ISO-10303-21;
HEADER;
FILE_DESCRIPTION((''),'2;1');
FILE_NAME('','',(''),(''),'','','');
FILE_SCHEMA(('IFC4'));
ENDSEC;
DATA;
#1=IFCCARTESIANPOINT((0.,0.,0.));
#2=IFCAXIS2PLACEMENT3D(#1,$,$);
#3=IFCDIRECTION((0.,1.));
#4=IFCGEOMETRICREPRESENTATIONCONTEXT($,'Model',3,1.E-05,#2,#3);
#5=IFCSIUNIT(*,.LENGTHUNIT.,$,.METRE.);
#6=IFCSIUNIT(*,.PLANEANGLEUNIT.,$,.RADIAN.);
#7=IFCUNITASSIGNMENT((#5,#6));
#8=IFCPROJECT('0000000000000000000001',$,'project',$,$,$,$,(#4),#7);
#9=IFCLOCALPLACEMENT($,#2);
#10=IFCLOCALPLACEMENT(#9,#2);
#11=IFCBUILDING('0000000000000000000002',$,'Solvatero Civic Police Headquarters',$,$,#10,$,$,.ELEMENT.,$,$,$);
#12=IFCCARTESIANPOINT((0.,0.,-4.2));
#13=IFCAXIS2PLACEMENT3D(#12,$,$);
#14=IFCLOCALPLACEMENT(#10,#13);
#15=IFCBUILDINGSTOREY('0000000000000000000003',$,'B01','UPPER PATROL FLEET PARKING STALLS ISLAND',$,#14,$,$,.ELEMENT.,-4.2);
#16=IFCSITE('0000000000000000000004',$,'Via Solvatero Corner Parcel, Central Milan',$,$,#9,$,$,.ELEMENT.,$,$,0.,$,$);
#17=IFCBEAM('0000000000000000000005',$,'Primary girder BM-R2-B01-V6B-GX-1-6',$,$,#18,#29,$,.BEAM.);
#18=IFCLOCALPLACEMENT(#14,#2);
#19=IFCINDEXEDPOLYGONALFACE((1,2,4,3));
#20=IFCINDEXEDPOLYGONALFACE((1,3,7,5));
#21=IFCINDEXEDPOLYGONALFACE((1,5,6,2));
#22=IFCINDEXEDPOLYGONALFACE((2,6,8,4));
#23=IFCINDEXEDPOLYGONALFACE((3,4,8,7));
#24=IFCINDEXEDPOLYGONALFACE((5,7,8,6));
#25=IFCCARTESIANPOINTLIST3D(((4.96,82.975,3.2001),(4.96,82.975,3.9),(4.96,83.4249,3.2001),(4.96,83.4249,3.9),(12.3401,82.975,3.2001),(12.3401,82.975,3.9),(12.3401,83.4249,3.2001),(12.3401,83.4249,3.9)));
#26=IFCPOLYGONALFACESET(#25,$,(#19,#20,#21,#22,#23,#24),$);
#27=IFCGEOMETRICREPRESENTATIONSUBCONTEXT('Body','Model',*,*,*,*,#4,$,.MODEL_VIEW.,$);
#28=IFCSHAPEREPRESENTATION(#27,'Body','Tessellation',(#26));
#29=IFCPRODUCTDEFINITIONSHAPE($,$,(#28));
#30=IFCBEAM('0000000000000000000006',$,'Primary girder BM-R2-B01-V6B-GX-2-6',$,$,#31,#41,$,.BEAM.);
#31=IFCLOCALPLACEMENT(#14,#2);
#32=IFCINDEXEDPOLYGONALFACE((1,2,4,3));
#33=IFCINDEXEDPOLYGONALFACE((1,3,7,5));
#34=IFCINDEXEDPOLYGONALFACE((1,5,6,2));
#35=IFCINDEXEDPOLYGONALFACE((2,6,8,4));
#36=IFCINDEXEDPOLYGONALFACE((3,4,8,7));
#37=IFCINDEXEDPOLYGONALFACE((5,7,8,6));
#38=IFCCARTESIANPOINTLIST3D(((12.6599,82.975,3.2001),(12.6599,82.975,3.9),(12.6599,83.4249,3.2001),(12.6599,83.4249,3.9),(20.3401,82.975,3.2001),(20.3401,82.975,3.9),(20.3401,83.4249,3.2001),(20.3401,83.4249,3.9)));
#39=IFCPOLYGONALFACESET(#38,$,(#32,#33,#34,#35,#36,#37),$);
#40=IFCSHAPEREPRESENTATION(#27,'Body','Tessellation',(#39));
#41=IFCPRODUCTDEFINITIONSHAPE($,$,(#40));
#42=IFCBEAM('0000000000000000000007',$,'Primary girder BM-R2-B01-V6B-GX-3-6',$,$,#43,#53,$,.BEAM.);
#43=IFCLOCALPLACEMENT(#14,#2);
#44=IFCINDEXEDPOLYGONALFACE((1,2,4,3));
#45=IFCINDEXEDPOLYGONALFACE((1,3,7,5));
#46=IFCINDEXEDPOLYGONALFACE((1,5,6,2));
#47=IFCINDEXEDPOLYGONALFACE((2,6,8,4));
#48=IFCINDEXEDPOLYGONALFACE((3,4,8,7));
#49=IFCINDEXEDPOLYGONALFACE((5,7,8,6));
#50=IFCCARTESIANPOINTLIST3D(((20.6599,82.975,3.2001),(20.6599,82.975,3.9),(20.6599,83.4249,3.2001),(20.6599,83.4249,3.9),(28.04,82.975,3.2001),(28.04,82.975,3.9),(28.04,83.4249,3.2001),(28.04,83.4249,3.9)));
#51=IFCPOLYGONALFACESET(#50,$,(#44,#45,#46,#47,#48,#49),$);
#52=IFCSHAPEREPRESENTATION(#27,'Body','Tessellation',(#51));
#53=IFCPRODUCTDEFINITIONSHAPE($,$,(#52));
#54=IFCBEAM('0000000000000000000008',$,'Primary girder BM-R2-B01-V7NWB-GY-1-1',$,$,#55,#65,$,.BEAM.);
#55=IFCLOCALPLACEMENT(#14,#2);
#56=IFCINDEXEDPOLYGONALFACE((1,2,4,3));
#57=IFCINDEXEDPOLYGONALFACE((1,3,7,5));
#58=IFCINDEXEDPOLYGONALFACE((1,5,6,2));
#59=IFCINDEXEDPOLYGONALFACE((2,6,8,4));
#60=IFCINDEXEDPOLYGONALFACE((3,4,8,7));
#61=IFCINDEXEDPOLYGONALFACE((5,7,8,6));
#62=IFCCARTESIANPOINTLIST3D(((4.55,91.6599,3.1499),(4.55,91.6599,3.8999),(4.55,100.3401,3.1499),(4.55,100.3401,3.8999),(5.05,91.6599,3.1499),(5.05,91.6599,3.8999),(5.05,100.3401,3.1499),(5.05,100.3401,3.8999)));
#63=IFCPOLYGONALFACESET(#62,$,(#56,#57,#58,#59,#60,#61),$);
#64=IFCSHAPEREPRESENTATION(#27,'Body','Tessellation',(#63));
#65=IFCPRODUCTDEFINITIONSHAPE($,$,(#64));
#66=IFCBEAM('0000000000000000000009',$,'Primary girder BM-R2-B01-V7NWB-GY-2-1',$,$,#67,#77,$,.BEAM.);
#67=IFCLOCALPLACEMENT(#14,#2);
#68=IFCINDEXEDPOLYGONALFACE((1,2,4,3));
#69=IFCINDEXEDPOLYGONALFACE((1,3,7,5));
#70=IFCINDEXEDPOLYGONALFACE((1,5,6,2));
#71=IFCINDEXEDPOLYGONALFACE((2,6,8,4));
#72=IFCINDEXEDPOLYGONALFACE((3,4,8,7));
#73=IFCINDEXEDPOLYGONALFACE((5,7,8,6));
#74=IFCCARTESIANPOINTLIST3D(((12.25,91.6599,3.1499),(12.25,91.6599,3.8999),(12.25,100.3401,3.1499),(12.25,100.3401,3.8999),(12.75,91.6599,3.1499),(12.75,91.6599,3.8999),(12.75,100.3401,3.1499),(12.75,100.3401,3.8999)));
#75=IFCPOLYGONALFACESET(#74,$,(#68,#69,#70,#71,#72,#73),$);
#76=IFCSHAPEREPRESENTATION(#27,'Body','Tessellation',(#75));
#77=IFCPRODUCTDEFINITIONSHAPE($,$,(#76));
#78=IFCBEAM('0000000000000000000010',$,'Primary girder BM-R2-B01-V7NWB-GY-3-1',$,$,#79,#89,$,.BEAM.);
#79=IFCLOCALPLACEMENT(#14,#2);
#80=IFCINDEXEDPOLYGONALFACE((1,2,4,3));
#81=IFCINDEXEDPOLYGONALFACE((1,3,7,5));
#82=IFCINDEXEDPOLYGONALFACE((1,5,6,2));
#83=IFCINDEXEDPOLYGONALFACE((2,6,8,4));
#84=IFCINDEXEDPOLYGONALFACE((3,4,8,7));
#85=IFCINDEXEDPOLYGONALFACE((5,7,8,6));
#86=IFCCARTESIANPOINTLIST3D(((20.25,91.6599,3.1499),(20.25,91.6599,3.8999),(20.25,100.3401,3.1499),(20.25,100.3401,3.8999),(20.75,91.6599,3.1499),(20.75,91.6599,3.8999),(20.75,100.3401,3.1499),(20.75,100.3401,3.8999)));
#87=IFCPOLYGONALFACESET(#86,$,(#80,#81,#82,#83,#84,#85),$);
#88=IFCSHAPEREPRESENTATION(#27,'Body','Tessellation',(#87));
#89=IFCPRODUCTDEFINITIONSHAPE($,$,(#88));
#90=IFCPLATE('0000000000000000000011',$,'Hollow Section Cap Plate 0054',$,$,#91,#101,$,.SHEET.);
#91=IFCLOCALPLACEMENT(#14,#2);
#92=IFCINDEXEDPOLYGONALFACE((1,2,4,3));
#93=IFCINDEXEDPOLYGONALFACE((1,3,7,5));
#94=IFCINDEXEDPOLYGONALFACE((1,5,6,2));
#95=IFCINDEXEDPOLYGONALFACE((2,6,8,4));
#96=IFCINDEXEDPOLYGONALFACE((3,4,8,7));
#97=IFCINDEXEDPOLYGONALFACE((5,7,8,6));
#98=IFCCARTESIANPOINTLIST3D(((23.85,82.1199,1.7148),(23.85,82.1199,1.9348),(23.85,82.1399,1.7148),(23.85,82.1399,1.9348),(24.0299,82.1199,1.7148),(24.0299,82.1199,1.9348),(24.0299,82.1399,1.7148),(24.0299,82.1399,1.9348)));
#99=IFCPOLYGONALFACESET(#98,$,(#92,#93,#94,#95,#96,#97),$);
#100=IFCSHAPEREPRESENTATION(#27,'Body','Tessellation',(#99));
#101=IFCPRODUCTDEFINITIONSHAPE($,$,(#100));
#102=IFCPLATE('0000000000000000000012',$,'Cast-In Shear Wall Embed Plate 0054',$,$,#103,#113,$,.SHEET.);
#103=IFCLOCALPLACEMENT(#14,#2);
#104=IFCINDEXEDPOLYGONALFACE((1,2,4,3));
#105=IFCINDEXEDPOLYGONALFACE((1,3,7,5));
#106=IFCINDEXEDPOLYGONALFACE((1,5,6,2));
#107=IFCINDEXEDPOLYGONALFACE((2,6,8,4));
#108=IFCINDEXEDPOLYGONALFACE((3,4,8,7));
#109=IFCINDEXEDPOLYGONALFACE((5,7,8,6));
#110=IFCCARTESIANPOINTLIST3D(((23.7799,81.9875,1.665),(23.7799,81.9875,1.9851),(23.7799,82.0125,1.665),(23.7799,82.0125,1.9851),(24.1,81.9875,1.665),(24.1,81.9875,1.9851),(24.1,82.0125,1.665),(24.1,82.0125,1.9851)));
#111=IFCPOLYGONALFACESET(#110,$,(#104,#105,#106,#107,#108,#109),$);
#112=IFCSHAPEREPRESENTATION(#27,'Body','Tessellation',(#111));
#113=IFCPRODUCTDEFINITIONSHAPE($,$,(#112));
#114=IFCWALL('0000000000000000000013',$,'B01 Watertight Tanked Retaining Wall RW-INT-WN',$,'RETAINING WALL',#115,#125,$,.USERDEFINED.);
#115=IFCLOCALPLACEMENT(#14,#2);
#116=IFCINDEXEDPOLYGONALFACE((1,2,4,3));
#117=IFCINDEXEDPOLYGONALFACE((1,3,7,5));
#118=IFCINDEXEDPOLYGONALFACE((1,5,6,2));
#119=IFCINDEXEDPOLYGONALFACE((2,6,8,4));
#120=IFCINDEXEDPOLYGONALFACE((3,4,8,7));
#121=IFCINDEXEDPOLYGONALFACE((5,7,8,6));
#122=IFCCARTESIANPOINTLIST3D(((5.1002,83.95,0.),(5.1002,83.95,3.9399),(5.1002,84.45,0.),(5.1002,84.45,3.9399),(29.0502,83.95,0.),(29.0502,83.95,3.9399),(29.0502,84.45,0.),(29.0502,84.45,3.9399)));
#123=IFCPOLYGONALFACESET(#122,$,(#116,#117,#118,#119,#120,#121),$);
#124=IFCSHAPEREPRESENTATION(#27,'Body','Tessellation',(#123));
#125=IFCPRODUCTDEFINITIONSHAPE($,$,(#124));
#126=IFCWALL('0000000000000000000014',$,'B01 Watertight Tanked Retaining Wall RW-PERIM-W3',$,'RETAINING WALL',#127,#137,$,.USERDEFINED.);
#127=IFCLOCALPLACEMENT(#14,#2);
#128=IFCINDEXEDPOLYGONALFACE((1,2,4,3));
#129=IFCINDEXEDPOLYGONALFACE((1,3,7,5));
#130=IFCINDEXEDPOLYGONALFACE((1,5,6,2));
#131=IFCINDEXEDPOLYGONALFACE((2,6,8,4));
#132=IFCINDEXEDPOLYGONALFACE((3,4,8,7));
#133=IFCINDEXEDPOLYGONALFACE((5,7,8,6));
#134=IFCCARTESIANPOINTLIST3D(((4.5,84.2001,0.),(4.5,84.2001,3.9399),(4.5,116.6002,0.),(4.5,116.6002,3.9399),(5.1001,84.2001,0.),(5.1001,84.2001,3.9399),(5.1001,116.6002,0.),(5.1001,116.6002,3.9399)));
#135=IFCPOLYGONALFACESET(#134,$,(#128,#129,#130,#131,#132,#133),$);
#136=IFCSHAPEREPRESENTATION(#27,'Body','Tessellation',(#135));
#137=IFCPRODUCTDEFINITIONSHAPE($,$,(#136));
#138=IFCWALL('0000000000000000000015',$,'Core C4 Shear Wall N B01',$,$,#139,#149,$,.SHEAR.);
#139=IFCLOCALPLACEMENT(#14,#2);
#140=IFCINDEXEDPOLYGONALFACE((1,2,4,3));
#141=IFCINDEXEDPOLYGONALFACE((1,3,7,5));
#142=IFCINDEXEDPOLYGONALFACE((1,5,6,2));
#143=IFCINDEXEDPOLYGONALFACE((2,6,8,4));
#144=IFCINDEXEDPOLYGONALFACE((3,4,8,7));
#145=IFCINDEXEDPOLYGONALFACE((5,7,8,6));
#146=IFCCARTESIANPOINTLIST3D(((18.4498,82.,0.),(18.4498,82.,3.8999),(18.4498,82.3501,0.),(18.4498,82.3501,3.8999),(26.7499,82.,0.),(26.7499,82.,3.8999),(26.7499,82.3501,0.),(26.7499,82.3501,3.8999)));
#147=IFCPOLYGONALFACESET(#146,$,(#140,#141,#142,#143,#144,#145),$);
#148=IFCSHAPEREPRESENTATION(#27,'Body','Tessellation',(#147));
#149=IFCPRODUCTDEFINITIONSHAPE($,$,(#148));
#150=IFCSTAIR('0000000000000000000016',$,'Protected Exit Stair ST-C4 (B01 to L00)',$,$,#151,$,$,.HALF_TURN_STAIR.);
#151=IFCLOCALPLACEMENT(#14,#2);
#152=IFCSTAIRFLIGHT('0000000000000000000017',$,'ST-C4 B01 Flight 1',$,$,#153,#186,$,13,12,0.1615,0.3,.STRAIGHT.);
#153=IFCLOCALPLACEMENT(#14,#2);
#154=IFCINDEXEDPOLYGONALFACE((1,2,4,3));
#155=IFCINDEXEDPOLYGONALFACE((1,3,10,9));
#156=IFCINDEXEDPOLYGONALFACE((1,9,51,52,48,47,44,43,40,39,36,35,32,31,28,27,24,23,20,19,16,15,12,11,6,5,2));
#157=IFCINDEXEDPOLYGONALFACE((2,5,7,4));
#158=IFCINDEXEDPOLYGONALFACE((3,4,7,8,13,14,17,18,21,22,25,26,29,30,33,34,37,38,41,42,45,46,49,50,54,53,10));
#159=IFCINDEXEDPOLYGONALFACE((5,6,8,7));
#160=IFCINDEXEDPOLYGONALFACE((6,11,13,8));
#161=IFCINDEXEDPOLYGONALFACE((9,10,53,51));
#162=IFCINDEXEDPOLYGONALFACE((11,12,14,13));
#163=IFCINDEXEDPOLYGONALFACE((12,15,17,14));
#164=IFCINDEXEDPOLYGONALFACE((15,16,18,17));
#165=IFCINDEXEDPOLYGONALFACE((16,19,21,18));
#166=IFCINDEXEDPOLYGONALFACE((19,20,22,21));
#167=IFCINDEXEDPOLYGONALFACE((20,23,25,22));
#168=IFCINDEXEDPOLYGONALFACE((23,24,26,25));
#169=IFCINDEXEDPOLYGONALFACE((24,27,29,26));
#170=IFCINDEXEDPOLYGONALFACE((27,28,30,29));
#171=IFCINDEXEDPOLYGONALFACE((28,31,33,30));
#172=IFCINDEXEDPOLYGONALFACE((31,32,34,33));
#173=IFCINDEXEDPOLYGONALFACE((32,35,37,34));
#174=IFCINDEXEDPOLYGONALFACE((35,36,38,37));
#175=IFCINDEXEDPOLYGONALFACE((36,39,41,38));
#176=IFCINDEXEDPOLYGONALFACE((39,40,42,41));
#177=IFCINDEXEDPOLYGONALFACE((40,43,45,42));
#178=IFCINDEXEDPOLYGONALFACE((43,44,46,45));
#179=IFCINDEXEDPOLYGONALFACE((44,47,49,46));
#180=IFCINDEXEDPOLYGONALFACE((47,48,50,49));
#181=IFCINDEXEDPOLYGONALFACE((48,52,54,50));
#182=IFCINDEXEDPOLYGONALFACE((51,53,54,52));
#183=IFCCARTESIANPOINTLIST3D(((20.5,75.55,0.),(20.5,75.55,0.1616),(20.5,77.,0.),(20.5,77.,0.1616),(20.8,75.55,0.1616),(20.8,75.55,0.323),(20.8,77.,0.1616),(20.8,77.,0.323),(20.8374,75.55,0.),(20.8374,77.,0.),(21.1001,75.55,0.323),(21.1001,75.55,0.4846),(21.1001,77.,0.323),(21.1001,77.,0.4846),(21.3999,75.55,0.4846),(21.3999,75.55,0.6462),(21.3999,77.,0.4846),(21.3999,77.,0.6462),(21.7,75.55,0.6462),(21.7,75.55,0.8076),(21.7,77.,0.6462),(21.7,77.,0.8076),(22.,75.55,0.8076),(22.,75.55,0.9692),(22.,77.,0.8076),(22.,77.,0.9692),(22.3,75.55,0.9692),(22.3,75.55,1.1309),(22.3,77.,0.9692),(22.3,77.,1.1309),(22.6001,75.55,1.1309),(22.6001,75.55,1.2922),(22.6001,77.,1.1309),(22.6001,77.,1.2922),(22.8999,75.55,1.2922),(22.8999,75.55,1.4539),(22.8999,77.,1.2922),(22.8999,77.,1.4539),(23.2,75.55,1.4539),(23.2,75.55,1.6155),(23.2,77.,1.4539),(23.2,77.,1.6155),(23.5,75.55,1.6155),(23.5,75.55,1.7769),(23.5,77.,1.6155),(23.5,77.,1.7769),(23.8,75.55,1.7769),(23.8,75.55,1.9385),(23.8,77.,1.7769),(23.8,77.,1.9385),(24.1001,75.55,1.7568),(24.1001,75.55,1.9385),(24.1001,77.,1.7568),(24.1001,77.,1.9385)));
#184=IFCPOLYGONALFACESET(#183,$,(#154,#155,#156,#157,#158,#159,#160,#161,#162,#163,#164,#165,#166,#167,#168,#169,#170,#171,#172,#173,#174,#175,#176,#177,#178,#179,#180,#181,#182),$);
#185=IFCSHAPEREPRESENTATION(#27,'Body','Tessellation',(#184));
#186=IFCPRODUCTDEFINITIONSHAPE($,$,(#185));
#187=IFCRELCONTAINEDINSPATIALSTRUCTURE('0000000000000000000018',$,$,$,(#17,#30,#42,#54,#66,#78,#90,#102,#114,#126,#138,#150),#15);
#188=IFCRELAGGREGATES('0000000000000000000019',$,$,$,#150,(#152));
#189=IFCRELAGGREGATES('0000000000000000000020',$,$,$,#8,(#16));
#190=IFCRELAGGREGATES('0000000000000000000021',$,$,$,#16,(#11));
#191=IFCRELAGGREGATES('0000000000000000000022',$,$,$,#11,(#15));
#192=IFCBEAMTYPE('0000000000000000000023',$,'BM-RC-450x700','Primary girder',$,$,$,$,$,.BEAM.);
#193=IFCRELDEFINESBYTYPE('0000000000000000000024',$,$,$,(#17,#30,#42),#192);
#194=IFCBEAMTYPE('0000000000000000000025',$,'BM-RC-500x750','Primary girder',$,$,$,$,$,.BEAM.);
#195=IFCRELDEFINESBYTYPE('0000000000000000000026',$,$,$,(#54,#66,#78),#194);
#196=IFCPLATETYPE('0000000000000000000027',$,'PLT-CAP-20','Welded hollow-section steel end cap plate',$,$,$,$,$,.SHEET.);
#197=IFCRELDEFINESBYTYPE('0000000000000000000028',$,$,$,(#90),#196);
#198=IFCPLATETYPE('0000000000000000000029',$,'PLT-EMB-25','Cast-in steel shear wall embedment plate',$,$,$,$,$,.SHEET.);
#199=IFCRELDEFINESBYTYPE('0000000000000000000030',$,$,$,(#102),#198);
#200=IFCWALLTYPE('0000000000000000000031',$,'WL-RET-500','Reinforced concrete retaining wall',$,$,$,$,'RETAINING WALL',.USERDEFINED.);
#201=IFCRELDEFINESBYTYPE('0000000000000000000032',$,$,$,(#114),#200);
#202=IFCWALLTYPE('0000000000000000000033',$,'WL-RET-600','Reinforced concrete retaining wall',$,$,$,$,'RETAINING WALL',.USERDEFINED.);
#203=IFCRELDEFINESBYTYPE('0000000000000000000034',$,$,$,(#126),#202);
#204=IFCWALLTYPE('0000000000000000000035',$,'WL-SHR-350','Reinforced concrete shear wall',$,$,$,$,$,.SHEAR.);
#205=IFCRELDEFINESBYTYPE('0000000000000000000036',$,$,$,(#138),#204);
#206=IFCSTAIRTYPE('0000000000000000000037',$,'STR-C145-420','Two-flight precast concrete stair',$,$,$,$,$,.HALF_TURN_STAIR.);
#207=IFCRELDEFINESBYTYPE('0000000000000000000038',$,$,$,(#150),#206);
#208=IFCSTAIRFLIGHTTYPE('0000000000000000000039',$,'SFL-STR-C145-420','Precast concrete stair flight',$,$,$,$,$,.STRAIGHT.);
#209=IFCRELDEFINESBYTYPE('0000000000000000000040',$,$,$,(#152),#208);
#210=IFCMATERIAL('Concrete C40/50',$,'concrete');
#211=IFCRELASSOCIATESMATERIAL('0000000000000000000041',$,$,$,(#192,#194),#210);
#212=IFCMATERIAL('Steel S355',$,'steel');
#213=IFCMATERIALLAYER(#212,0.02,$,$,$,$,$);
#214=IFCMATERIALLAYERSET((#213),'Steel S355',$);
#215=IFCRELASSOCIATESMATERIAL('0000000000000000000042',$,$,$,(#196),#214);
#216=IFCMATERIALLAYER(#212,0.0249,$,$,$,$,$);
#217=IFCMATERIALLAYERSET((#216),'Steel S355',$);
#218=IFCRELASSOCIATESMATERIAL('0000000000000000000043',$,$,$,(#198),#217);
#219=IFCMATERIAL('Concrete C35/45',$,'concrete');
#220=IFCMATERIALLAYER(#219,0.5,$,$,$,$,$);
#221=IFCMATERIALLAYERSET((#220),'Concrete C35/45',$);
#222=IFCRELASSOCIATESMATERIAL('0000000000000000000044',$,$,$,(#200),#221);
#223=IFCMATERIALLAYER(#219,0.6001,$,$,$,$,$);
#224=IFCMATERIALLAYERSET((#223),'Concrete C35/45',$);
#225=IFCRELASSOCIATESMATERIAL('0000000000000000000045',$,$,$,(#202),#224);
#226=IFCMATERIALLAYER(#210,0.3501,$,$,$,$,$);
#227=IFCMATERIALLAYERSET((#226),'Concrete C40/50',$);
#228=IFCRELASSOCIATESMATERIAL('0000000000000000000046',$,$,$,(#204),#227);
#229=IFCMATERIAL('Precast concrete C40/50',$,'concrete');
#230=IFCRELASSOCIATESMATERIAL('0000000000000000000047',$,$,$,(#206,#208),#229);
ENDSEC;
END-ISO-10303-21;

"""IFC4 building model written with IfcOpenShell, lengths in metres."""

from ifc_helpers import new_model, si_unit, direction, frame, frame_2d, origin, origin_2d, place, context, subcontext, project, spatial, polyline, rectangle, outline, extrude, material, layer, layer_set, material_profile, profile_set, type_object, element, aggregate, save


model = new_model("IFC4")

# Units and contexts
model_context = context("Model", 3, precision=1e-05, world=origin(), true_north=direction((0.0, 1.0)))
body_context = subcontext(model_context, "Body", "Model", "MODEL_VIEW")
ifc_project = project(units=[si_unit("LENGTHUNIT", "METRE"), si_unit("PLANEANGLEUNIT", "RADIAN")], contexts=[model_context])

# Site, building, storey
site_placement = place(None, origin())
site = spatial("IfcSite", under=ifc_project, at=site_placement, Name="Via Solvatero Corner Parcel, Central Milan", CompositionType="ELEMENT", RefElevation=0.0)
building_placement = place(site_placement, origin())
building = spatial("IfcBuilding", under=site, at=building_placement, Name="Solvatero Civic Police Headquarters", CompositionType="ELEMENT")
storey_placement = place(building_placement, frame((0.0, 0.0, -4.2)))
storey = spatial("IfcBuildingStorey", under=building, at=storey_placement, Name="B01", Description="UPPER PATROL FLEET PARKING STALLS ISLAND", CompositionType="ELEMENT", Elevation=-4.2)

# Shared definitions
ifc_material_1 = material(Name="Concrete C40/50", Category="concrete")

# Beams
ifc_material_profile_1 = material_profile(ifc_material_1, rectangle(XDim=0.45, YDim=0.7, at=origin_2d()), Name="RC 450x700")
ifc_profile_set_1 = profile_set([ifc_material_profile_1], Name="Concrete C40/50")
beam_type_1 = type_object("IfcBeamType", Name="BM-RC-450x700", Description="Primary girder", PredefinedType="BEAM", material=ifc_profile_set_1)
beam_1_placement = place(storey_placement, frame((4.96, 83.2, 3.55), z_axis=(1.0, 0.0, 0.0), x_axis=(0.0, 1.0, 0.0)))
element("IfcBeam", 1, at=beam_1_placement, inside=storey, type_object=beam_type_1, Name="Primary girder BM-R2-B01-V6B-GX-1-6", PredefinedType="BEAM", context=body_context, shape_type="SweptSolid", body=[
    extrude(rectangle(XDim=0.45, YDim=0.7, at=origin_2d()), origin(), (0.0, 0.0, 1.0), 7.3801),
])
beam_2_placement = place(storey_placement, frame((12.6599, 83.2, 3.55), z_axis=(1.0, 0.0, 0.0), x_axis=(0.0, 1.0, 0.0)))
element("IfcBeam", 2, at=beam_2_placement, inside=storey, type_object=beam_type_1, Name="Primary girder BM-R2-B01-V6B-GX-2-6", PredefinedType="BEAM", context=body_context, shape_type="SweptSolid", body=[
    extrude(rectangle(XDim=0.45, YDim=0.7, at=origin_2d()), origin(), (0.0, 0.0, 1.0), 7.6802),
])
beam_3_placement = place(storey_placement, frame((20.6599, 83.2, 3.55), z_axis=(1.0, 0.0, 0.0), x_axis=(0.0, 1.0, 0.0)))
element("IfcBeam", 3, at=beam_3_placement, inside=storey, type_object=beam_type_1, Name="Primary girder BM-R2-B01-V6B-GX-3-6", PredefinedType="BEAM", context=body_context, shape_type="SweptSolid", body=[
    extrude(rectangle(XDim=0.45, YDim=0.7, at=origin_2d()), origin(), (0.0, 0.0, 1.0), 7.3801),
])
ifc_material_profile_2 = material_profile(ifc_material_1, rectangle(XDim=0.5, YDim=0.75, at=origin_2d()), Name="RC 500x750")
ifc_profile_set_2 = profile_set([ifc_material_profile_2], Name="Concrete C40/50")
beam_type_2 = type_object("IfcBeamType", Name="BM-RC-500x750", Description="Primary girder", PredefinedType="BEAM", material=ifc_profile_set_2)
for number, where, z_axis, x_axis, name in (
    (4, (4.8, 91.6599, 3.5249), (0.0, 1.0, 0.0), (-1.0, 0.0, 0.0), "Primary girder BM-R2-B01-V7NWB-GY-1-1"),
    (5, (12.5, 91.6599, 3.5249), (0.0, 1.0, 0.0), (-1.0, 0.0, 0.0), "Primary girder BM-R2-B01-V7NWB-GY-2-1"),
    (6, (20.5, 91.6599, 3.5249), (0.0, 1.0, 0.0), (-1.0, 0.0, 0.0), "Primary girder BM-R2-B01-V7NWB-GY-3-1"),
):
    element("IfcBeam", number, at=place(storey_placement, frame(where, z_axis=z_axis, x_axis=x_axis)), inside=storey, type_object=beam_type_2, Name=name, PredefinedType="BEAM", context=body_context, shape_type="SweptSolid", body=[
        extrude(rectangle(XDim=0.5, YDim=0.75, at=origin_2d()), origin(), (0.0, 0.0, 1.0), 8.6802),
    ])

# Plates
ifc_material_2 = material(Name="Steel S355", Category="steel")
ifc_layer_1 = layer(ifc_material_2, 0.02)
ifc_layer_set_1 = layer_set([ifc_layer_1], Name="Steel S355")
plate_type_1 = type_object("IfcPlateType", Name="PLT-CAP-20", Description="Welded hollow-section steel end cap plate", PredefinedType="SHEET", material=ifc_layer_set_1)
plate_1_placement = place(storey_placement, frame((23.9399, 82.1299, 1.7148), z_axis=(0.0, 0.0, 1.0), x_axis=(1.0, 0.0, 0.0)))
element("IfcPlate", 7, at=plate_1_placement, inside=storey, type_object=plate_type_1, Name="Hollow Section Cap Plate 0054", PredefinedType="SHEET", context=body_context, shape_type="SweptSolid", body=[
    extrude(rectangle(XDim=0.1799, YDim=0.02, at=origin_2d()), origin(), (0.0, 0.0, 1.0), 0.22),
])
ifc_layer_2 = layer(ifc_material_2, 0.0249)
ifc_layer_set_2 = layer_set([ifc_layer_2], Name="Steel S355")
plate_type_2 = type_object("IfcPlateType", Name="PLT-EMB-25", Description="Cast-in steel shear wall embedment plate", PredefinedType="SHEET", material=ifc_layer_set_2)
plate_2_placement = place(storey_placement, frame((23.9399, 82.0, 1.665), z_axis=(0.0, 0.0, 1.0), x_axis=(1.0, 0.0, 0.0)))
element("IfcPlate", 8, at=plate_2_placement, inside=storey, type_object=plate_type_2, Name="Cast-In Shear Wall Embed Plate 0054", PredefinedType="SHEET", context=body_context, shape_type="SweptSolid", body=[
    extrude(rectangle(XDim=0.3201, YDim=0.0249, at=origin_2d()), origin(), (0.0, 0.0, 1.0), 0.3201),
])

# Walls
ifc_material_3 = material(Name="Concrete C35/45", Category="concrete")
ifc_layer_3 = layer(ifc_material_3, 0.5)
ifc_layer_set_3 = layer_set([ifc_layer_3], Name="Concrete C35/45")
wall_type_1 = type_object("IfcWallType", Name="WL-RET-500", Description="Reinforced concrete retaining wall", ElementType="RETAINING WALL", PredefinedType="USERDEFINED", material=ifc_layer_set_3)
wall_1_placement = place(storey_placement, frame((5.1001, 84.2, 0.0), z_axis=(0.0, 0.0, 1.0), x_axis=(1.0, 0.0, 0.0)))
element("IfcWall", 9, at=wall_1_placement, inside=storey, type_object=wall_type_1, Name="B01 Watertight Tanked Retaining Wall RW-INT-WN", ObjectType="RETAINING WALL", PredefinedType="USERDEFINED", context=body_context, shape_type="SweptSolid", body=[
    extrude(rectangle(XDim=23.95, YDim=0.5, at=frame_2d((11.9751, 0.0))), origin(), (0.0, 0.0, 1.0), 3.9399),
])
ifc_layer_4 = layer(ifc_material_3, 0.6001)
ifc_layer_set_4 = layer_set([ifc_layer_4], Name="Concrete C35/45")
wall_type_2 = type_object("IfcWallType", Name="WL-RET-600", Description="Reinforced concrete retaining wall", ElementType="RETAINING WALL", PredefinedType="USERDEFINED", material=ifc_layer_set_4)
wall_2_placement = place(storey_placement, frame((4.8, 84.2, 0.0), z_axis=(0.0, 0.0, 1.0), x_axis=(0.0, 1.0, 0.0)))
element("IfcWall", 10, at=wall_2_placement, inside=storey, type_object=wall_type_2, Name="B01 Watertight Tanked Retaining Wall RW-PERIM-W3", ObjectType="RETAINING WALL", PredefinedType="USERDEFINED", context=body_context, shape_type="SweptSolid", body=[
    extrude(rectangle(XDim=32.4001, YDim=0.6001, at=frame_2d((16.2002, 0.0))), origin(), (0.0, 0.0, 1.0), 3.9399),
])
ifc_layer_5 = layer(ifc_material_1, 0.3501)
ifc_layer_set_5 = layer_set([ifc_layer_5], Name="Concrete C40/50")
wall_type_3 = type_object("IfcWallType", Name="WL-SHR-350", Description="Reinforced concrete shear wall", PredefinedType="SHEAR", material=ifc_layer_set_5)
wall_3_placement = place(storey_placement, frame((18.45, 82.175, 0.0), z_axis=(0.0, 0.0, 1.0), x_axis=(1.0, 0.0, 0.0)))
element("IfcWall", 11, at=wall_3_placement, inside=storey, type_object=wall_type_3, Name="Core C4 Shear Wall N B01", PredefinedType="SHEAR", context=body_context, shape_type="SweptSolid", body=[
    extrude(rectangle(XDim=8.3, YDim=0.3501, at=frame_2d((4.1499, 0.0))), origin(), (0.0, 0.0, 1.0), 3.8999),
])

# Stair, stair flight
ifc_material_4 = material(Name="Precast concrete C40/50", Category="concrete")
stair_type = type_object("IfcStairType", Name="STR-C145-420", Description="Two-flight precast concrete stair", PredefinedType="HALF_TURN_STAIR", material=ifc_material_4)
stair_placement = place(storey_placement, origin())
stair = element("IfcStair", 12, at=stair_placement, inside=storey, type_object=stair_type, Name="Protected Exit Stair ST-C4 (B01 to L00)", PredefinedType="HALF_TURN_STAIR")
stair_flight_type = type_object("IfcStairFlightType", Name="SFL-STR-C145-420", Description="Precast concrete stair flight", PredefinedType="STRAIGHT", material=ifc_material_4)
stair_flight_placement = place(storey_placement, frame((20.5, 76.2749, 0.0), z_axis=(0.0, 0.0, 1.0), x_axis=(1.0, 0.0, 0.0)))
stair_flight = element("IfcStairFlight", 13, at=stair_flight_placement, type_object=stair_flight_type, Name="ST-C4 B01 Flight 1", NumberOfRisers=13, NumberOfTreads=12, PredefinedType="STRAIGHT", RiserHeight=0.1615, TreadLength=0.3, context=body_context, shape_type="SweptSolid", body=[
    extrude(outline(polyline([(0.0, 0.0), (0.0, 0.1616), (0.3, 0.1616), (0.3, 0.323), (0.6001, 0.323), (0.6001, 0.4846), (0.8999, 0.4846), (0.8999, 0.6462), (1.2, 0.6462), (1.2, 0.8076), (1.5, 0.8076), (1.5, 0.9692), (1.8, 0.9692), (1.8, 1.1309), (2.1001, 1.1309), (2.1001, 1.2922), (2.3999, 1.2922), (2.3999, 1.4539), (2.7, 1.4539), (2.7, 1.6155), (3.0, 1.6155), (3.0, 1.7769), (3.3, 1.7769), (3.3, 1.9385), (3.6001, 1.9385), (3.6001, 2.1001), (3.6001, 1.7568), (0.3374, 0.0), (0.0, 0.0)])), frame((0.0, 0.7251, 0.0), z_axis=(0.0, -1.0, 0.0), x_axis=(1.0, 0.0, 0.0)), (0.0, 0.0, 1.0), 1.45),
])
aggregate(stair, [stair_flight])

save(model, "model.ifc")
